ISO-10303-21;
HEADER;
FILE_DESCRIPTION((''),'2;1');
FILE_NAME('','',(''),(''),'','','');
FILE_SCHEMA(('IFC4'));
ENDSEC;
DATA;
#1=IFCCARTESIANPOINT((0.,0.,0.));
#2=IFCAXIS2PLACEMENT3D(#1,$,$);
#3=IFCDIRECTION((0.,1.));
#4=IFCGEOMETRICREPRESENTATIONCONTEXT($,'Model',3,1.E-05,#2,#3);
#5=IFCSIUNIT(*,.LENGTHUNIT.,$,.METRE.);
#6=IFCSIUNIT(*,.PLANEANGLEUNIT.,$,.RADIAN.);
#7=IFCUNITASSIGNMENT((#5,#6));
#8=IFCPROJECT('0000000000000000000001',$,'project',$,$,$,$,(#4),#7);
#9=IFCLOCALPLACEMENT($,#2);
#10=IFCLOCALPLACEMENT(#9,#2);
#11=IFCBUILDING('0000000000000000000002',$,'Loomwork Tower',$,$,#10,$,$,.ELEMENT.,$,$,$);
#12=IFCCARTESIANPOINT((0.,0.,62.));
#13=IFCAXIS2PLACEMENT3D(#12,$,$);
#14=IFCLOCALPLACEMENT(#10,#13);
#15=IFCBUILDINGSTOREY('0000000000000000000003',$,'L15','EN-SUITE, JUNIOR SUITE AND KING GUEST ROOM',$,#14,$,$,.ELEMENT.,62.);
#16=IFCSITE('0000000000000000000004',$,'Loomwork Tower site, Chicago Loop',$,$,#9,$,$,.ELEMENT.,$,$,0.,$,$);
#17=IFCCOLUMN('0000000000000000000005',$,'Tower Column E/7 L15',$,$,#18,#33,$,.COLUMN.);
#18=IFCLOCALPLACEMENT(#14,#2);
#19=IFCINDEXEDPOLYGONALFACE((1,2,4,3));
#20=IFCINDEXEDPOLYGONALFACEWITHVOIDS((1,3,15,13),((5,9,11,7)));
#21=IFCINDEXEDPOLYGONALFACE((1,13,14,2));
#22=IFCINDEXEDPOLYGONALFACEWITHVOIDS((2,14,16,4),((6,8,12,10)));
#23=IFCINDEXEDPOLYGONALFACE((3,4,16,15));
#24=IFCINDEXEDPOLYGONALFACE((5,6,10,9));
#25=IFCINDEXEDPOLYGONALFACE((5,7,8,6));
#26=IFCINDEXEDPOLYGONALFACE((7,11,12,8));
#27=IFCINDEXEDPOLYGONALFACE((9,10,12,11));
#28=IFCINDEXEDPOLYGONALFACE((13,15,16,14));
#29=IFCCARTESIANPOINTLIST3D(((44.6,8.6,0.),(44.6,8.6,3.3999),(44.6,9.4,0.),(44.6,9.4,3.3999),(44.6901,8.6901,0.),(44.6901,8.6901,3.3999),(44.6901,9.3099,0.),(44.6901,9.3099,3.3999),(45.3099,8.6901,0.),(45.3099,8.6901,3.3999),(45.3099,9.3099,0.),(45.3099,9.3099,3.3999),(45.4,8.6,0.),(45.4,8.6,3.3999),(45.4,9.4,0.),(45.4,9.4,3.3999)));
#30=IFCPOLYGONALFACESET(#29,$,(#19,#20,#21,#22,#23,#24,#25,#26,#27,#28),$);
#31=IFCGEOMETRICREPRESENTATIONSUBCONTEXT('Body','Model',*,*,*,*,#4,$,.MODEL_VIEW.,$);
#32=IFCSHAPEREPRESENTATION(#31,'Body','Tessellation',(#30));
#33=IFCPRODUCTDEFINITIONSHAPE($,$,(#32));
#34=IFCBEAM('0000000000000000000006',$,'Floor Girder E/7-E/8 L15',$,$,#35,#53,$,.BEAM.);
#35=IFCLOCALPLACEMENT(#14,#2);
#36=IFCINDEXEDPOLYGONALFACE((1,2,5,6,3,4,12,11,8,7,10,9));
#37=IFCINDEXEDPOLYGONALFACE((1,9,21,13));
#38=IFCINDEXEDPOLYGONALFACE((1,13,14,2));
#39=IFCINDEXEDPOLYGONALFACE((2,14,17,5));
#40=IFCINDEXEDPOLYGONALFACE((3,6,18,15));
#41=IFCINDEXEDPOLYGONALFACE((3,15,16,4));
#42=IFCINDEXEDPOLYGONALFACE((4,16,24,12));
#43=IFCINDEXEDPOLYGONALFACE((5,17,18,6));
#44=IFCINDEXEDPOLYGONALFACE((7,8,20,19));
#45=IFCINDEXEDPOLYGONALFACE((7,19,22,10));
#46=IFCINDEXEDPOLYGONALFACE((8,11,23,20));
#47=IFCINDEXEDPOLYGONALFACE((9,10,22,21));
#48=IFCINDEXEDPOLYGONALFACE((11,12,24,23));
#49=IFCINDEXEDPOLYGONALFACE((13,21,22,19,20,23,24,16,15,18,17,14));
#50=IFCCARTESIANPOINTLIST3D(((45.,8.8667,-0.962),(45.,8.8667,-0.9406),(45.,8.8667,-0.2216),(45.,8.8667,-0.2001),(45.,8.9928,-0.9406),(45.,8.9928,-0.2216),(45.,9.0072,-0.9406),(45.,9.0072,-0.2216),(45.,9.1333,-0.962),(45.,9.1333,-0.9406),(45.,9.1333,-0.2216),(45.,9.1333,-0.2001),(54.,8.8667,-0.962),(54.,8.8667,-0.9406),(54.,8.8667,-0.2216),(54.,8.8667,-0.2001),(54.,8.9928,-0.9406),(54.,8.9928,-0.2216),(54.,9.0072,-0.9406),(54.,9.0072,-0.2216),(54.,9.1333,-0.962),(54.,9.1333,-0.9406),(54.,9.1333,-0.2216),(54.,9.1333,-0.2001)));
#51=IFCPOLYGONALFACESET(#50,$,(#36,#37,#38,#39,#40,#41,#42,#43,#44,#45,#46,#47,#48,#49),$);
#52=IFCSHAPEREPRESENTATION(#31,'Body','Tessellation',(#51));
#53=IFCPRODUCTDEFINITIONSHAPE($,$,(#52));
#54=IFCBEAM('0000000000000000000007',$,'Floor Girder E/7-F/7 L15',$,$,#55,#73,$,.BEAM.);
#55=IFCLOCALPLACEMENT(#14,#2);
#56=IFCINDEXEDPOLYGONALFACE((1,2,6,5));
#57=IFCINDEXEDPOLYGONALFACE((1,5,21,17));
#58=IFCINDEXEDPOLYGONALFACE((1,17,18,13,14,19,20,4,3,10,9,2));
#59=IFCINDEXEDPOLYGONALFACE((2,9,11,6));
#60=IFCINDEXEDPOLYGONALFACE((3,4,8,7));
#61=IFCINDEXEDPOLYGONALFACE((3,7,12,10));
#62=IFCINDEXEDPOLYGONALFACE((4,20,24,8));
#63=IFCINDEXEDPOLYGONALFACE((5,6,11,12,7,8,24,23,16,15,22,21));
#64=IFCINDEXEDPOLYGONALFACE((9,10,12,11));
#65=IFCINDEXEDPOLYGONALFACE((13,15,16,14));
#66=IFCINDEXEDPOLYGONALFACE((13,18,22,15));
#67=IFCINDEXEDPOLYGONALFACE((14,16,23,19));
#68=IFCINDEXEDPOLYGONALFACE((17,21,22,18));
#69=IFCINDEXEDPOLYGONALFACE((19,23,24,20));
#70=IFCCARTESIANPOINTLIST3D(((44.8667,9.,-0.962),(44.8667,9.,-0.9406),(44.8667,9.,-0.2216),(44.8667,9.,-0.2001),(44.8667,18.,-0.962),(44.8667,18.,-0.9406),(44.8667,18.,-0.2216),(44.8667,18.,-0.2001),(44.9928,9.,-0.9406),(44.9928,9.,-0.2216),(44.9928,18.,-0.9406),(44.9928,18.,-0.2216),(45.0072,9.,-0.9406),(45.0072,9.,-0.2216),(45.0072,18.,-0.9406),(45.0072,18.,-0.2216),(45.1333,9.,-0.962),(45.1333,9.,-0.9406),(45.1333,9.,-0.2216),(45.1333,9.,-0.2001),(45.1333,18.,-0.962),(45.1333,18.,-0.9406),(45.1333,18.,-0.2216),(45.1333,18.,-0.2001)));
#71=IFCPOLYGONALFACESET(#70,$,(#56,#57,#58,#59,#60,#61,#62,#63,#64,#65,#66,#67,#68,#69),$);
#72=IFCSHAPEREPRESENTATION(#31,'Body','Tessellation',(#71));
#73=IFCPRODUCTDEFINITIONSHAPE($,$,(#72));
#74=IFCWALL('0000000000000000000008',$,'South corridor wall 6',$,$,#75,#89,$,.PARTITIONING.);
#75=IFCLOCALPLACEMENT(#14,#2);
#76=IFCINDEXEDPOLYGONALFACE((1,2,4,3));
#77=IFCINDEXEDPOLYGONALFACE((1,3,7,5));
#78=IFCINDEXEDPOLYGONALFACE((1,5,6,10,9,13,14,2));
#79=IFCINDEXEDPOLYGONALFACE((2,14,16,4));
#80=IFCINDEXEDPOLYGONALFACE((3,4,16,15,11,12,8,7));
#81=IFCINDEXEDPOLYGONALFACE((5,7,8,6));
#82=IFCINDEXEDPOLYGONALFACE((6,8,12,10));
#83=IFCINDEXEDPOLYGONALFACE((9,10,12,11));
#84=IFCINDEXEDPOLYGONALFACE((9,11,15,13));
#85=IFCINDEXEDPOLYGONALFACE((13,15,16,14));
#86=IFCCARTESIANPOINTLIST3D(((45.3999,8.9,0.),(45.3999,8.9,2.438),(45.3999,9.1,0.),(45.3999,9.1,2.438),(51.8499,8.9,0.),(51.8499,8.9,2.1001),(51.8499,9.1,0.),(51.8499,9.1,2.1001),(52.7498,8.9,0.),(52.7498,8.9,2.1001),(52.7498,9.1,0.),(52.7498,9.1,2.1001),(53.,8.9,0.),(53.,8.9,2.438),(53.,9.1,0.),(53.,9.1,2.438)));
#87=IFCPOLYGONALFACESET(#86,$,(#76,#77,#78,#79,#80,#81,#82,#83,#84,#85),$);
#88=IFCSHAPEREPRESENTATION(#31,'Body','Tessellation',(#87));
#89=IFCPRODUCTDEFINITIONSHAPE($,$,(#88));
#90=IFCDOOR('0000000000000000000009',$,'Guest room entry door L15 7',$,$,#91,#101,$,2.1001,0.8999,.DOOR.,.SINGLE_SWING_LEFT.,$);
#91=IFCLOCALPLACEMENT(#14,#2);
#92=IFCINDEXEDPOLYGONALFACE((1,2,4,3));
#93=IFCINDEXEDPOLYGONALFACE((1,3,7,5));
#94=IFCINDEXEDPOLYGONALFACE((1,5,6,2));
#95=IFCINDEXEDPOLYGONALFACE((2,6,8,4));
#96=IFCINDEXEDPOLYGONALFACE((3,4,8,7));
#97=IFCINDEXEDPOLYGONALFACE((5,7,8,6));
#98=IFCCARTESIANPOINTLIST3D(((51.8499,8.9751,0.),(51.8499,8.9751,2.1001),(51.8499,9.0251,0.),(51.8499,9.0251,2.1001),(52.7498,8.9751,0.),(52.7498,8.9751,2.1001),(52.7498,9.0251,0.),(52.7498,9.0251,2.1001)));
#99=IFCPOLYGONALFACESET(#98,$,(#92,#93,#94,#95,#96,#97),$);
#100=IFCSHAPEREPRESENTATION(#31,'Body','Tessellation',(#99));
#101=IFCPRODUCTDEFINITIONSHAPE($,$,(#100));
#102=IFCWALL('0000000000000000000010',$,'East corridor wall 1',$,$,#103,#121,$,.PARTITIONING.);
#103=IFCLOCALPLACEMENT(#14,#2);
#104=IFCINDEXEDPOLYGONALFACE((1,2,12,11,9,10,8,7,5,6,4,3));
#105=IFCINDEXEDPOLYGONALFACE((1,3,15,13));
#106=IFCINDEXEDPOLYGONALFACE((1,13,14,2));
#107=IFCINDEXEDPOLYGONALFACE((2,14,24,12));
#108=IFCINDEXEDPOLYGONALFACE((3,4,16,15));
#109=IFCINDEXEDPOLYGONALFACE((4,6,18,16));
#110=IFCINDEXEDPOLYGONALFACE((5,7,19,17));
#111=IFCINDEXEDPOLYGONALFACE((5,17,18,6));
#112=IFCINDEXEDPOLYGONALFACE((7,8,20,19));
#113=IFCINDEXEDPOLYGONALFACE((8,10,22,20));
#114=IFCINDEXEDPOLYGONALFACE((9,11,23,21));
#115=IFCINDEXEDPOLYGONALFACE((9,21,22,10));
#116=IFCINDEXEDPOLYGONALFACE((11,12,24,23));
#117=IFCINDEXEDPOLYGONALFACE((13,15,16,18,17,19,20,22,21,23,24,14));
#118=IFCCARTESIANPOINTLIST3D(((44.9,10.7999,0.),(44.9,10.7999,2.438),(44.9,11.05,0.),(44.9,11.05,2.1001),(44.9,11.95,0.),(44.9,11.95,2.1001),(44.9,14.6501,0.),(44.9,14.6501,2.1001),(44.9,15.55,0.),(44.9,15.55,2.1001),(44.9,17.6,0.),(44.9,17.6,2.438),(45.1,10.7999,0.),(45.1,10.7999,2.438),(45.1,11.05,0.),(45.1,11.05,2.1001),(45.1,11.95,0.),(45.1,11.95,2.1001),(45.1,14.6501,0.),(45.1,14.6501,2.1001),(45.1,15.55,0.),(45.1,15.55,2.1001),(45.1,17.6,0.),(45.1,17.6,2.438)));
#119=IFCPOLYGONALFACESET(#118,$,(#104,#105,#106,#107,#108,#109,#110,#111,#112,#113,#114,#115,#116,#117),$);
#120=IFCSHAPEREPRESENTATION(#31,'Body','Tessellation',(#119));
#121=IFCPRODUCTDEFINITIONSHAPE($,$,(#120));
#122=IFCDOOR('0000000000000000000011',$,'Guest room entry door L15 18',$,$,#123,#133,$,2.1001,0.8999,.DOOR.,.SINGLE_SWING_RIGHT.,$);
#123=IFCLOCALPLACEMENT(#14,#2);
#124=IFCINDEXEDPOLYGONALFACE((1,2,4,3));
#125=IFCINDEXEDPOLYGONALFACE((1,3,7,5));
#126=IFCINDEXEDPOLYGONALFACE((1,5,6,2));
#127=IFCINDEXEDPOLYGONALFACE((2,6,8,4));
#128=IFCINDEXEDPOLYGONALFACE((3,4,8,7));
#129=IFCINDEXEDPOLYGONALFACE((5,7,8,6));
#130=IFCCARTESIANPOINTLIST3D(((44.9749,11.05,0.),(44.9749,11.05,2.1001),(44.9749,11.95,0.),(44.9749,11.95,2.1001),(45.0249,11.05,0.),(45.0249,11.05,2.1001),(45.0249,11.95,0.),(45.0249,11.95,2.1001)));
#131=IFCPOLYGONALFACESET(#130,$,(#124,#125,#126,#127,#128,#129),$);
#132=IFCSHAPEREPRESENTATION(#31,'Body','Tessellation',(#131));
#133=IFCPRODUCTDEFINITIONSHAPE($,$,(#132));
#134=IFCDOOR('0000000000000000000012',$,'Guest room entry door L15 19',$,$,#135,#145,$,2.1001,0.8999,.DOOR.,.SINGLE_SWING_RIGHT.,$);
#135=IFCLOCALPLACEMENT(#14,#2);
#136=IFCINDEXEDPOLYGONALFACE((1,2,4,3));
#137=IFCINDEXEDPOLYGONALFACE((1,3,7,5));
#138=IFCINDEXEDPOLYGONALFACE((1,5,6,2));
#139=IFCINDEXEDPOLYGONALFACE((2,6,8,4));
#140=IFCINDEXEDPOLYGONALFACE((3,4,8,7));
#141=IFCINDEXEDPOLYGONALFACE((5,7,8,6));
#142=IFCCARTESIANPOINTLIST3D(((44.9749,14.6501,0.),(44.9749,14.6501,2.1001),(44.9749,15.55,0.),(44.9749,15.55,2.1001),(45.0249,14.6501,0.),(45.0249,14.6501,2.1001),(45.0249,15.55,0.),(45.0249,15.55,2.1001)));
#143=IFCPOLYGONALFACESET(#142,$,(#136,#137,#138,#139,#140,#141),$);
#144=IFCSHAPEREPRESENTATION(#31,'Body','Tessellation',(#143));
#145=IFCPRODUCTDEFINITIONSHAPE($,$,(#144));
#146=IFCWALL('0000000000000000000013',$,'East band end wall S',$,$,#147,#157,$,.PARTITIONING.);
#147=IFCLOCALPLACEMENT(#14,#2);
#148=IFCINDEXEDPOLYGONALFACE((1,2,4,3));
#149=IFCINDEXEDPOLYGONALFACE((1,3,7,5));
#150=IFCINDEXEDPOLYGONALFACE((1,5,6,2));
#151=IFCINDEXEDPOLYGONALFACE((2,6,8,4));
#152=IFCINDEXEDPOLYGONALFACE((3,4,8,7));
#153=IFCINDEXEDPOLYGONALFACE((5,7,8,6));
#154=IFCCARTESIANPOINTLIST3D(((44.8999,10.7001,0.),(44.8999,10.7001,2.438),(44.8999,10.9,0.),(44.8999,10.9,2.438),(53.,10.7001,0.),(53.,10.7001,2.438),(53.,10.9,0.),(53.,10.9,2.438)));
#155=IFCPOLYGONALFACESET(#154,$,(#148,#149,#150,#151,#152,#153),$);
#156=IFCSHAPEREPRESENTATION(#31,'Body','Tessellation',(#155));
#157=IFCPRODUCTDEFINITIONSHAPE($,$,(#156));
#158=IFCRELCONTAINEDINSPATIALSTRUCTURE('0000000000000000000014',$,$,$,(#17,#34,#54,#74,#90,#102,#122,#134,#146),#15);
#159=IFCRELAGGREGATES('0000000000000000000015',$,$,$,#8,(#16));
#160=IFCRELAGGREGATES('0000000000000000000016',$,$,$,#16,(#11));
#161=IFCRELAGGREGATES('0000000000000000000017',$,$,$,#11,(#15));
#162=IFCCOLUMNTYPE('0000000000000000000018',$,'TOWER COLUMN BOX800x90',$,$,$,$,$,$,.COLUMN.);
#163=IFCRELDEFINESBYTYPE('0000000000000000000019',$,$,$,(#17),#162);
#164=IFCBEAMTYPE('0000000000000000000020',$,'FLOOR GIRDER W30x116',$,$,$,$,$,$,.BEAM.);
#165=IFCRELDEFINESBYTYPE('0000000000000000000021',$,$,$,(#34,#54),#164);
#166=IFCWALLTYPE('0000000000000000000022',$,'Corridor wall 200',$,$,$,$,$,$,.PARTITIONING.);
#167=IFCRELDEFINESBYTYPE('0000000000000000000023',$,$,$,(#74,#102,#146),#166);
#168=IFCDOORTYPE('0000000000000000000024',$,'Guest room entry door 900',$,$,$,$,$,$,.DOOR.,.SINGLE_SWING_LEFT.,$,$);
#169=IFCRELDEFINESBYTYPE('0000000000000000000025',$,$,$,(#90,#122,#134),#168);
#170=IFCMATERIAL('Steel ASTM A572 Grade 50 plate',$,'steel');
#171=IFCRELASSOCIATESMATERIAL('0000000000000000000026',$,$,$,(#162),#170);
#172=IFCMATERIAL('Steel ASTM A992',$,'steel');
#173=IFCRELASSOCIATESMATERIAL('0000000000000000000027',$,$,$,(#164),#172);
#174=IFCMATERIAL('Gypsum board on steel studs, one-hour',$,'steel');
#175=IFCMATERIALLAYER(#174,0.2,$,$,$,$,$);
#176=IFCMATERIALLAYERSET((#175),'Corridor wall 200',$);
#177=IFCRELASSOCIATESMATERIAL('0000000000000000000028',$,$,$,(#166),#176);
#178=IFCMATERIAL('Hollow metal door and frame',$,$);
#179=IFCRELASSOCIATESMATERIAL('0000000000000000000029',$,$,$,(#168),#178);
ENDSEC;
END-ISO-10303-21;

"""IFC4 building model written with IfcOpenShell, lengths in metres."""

from ifc_helpers import new_model, si_unit, direction, frame, frame_2d, origin, origin_2d, place, context, subcontext, project, spatial, rectangle, hollow_rectangle, i_section, extrude, material, layer, layer_set, material_profile, profile_set, type_object, element, fill, save


model = new_model("IFC4")

# Units and contexts
model_context = context("Model", 3, precision=1e-05, world=origin(), true_north=direction((0.0, 1.0)))
body_context = subcontext(model_context, "Body", "Model", "MODEL_VIEW")
ifc_project = project(units=[si_unit("LENGTHUNIT", "METRE"), si_unit("PLANEANGLEUNIT", "RADIAN")], contexts=[model_context])

# Site, building, storey
site_placement = place(None, origin())
site = spatial("IfcSite", under=ifc_project, at=site_placement, Name="Loomwork Tower site, Chicago Loop", CompositionType="ELEMENT", RefElevation=0.0)
building_placement = place(site_placement, origin())
building = spatial("IfcBuilding", under=site, at=building_placement, Name="Loomwork Tower", CompositionType="ELEMENT")
storey_placement = place(building_placement, frame((0.0, 0.0, 62.0)))
storey = spatial("IfcBuildingStorey", under=building, at=storey_placement, Name="L15", Description="EN-SUITE, JUNIOR SUITE AND KING GUEST ROOM", CompositionType="ELEMENT", Elevation=62.0)

# Column
ifc_material_1 = material(Name="Steel ASTM A572 Grade 50 plate", Category="steel")
ifc_material_profile_1 = material_profile(ifc_material_1, hollow_rectangle(XDim=0.8, YDim=0.8, WallThickness=0.0901, at=origin_2d()), Name="BOX800x90")
ifc_profile_set_1 = profile_set([ifc_material_profile_1], Name="Steel ASTM A572 Grade 50 plate")
column_type = type_object("IfcColumnType", Name="TOWER COLUMN BOX800x90", PredefinedType="COLUMN", material=ifc_profile_set_1)
column_placement = place(storey_placement, frame((45.0, 9.0, 0.0), z_axis=(0.0, 0.0, 1.0), x_axis=(0.0, 1.0, 0.0)))
element("IfcColumn", 1, at=column_placement, inside=storey, type_object=column_type, Name="Tower Column E/7 L15", PredefinedType="COLUMN", context=body_context, shape_type="SweptSolid", body=[
    extrude(hollow_rectangle(XDim=0.8, YDim=0.8, WallThickness=0.0901, at=origin_2d()), origin(), (0.0, 0.0, 1.0), 3.3999),
])

# Beams
ifc_material_2 = material(Name="Steel ASTM A992", Category="steel")
ifc_material_profile_2 = material_profile(ifc_material_2, i_section(OverallWidth=0.2666, OverallDepth=0.762, WebThickness=0.0144, FlangeThickness=0.0215, at=origin_2d()), Name="W30x116")
ifc_profile_set_2 = profile_set([ifc_material_profile_2], Name="Steel ASTM A992")
beam_type = type_object("IfcBeamType", Name="FLOOR GIRDER W30x116", PredefinedType="BEAM", material=ifc_profile_set_2)
for number, where, z_axis, x_axis, name in (
    (2, (45.0, 9.0, -0.5811), (1.0, 0.0, 0.0), (0.0, 1.0, 0.0), "Floor Girder E/7-E/8 L15"),
    (3, (45.0, 9.0, -0.5811), (0.0, 1.0, 0.0), (-1.0, 0.0, 0.0), "Floor Girder E/7-F/7 L15"),
):
    element("IfcBeam", number, at=place(storey_placement, frame(where, z_axis=z_axis, x_axis=x_axis)), inside=storey, type_object=beam_type, Name=name, PredefinedType="BEAM", context=body_context, shape_type="SweptSolid", body=[
        extrude(i_section(OverallWidth=0.2666, OverallDepth=0.762, WebThickness=0.0144, FlangeThickness=0.0215, at=origin_2d()), origin(), (0.0, 0.0, 1.0), 9.0),
    ])

# Wall, opening, door
ifc_material_3 = material(Name="Gypsum board on steel studs, one-hour", Category="steel")
ifc_layer_1 = layer(ifc_material_3, 0.2)
ifc_layer_set_1 = layer_set([ifc_layer_1], Name="Corridor wall 200")
wall_type_1 = type_object("IfcWallType", Name="Corridor wall 200", PredefinedType="PARTITIONING", material=ifc_layer_set_1)
wall_1_placement = place(storey_placement, frame((45.3999, 9.0, 0.0), z_axis=(0.0, 0.0, 1.0), x_axis=(1.0, 0.0, 0.0)))
wall_1 = element("IfcWall", 4, at=wall_1_placement, inside=storey, type_object=wall_type_1, Name="South corridor wall 6", PredefinedType="PARTITIONING", context=body_context, shape_type="SweptSolid", body=[
    extrude(rectangle(XDim=7.6001, YDim=0.2, at=frame_2d((3.8, 0.0))), origin(), (0.0, 0.0, 1.0), 2.438),
])
opening_1_placement = place(wall_1_placement, frame((6.45, 0.0, 0.0)))
opening_1 = element("IfcOpeningElement", 5, at=opening_1_placement, cuts=wall_1, PredefinedType="OPENING", context=body_context, shape_type="SweptSolid", body=[
    extrude(rectangle(XDim=0.8999, YDim=2.1001, at=frame_2d((0.45, 1.05))), frame((0.0, 0.1099, 0.0), z_axis=(0.0, -1.0, 0.0), x_axis=(1.0, 0.0, 0.0)), (0.0, 0.0, 1.0), 0.22),
])
ifc_material_4 = material(Name="Hollow metal door and frame")
door_type_1 = type_object("IfcDoorType", Name="Guest room entry door 900", OperationType="SINGLE_SWING_LEFT", PredefinedType="DOOR", material=ifc_material_4)
door_1_placement = place(opening_1_placement, frame((0.8999, 0.0, 0.0), z_axis=(0.0, 0.0, 1.0), x_axis=(-1.0, 0.0, 0.0)))
door_1 = element("IfcDoor", 6, at=door_1_placement, inside=storey, type_object=door_type_1, Name="Guest room entry door L15 7", OperationType="SINGLE_SWING_LEFT", OverallHeight=2.1001, OverallWidth=0.8999, PredefinedType="DOOR", context=body_context, shape_type="SweptSolid", body=[
    extrude(rectangle(XDim=0.8999, YDim=2.1001, at=frame_2d((0.45, 1.05))), frame((0.0, 0.0249, 0.0), z_axis=(0.0, -1.0, 0.0), x_axis=(1.0, 0.0, 0.0)), (0.0, 0.0, 1.0), 0.05),
])
fill(opening_1, door_1)

# Wall, openings, doors
wall_2_placement = place(storey_placement, frame((45.0, 10.8, 0.0), z_axis=(0.0, 0.0, 1.0), x_axis=(0.0, 1.0, 0.0)))
wall_2 = element("IfcWall", 7, at=wall_2_placement, inside=storey, type_object=wall_type_1, Name="East corridor wall 1", PredefinedType="PARTITIONING", context=body_context, shape_type="SweptSolid", body=[
    extrude(rectangle(XDim=6.8, YDim=0.2, at=frame_2d((3.3999, 0.0))), origin(), (0.0, 0.0, 1.0), 2.438),
])
opening_2_placement = place(wall_2_placement, frame((0.25, 0.0, 0.0)))
opening_2 = element("IfcOpeningElement", 8, at=opening_2_placement, cuts=wall_2, PredefinedType="OPENING", context=body_context, shape_type="SweptSolid", body=[
    extrude(rectangle(XDim=0.8999, YDim=2.1001, at=frame_2d((0.45, 1.05))), frame((0.0, 0.1099, 0.0), z_axis=(0.0, -1.0, 0.0), x_axis=(1.0, 0.0, 0.0)), (0.0, 0.0, 1.0), 0.22),
])
opening_3_placement = place(wall_2_placement, frame((3.8501, 0.0, 0.0)))
opening_3 = element("IfcOpeningElement", 9, at=opening_3_placement, cuts=wall_2, PredefinedType="OPENING", context=body_context, shape_type="SweptSolid", body=[
    extrude(rectangle(XDim=0.8999, YDim=2.1001, at=frame_2d((0.45, 1.05))), frame((0.0, 0.1099, 0.0), z_axis=(0.0, -1.0, 0.0), x_axis=(1.0, 0.0, 0.0)), (0.0, 0.0, 1.0), 0.22),
])
door_2_placement = place(opening_2_placement, frame((0.8999, 0.0, 0.0), z_axis=(0.0, 0.0, 1.0), x_axis=(-1.0, 0.0, 0.0)))
door_2 = element("IfcDoor", 10, at=door_2_placement, inside=storey, type_object=door_type_1, Name="Guest room entry door L15 18", OperationType="SINGLE_SWING_RIGHT", OverallHeight=2.1001, OverallWidth=0.8999, PredefinedType="DOOR", context=body_context, shape_type="SweptSolid", body=[
    extrude(rectangle(XDim=0.8999, YDim=2.1001, at=frame_2d((0.45, 1.05))), frame((0.0, 0.0249, 0.0), z_axis=(0.0, -1.0, 0.0), x_axis=(1.0, 0.0, 0.0)), (0.0, 0.0, 1.0), 0.05),
])
fill(opening_2, door_2)
door_3_placement = place(opening_3_placement, frame((0.8999, 0.0, 0.0), z_axis=(0.0, 0.0, 1.0), x_axis=(-1.0, 0.0, 0.0)))
door_3 = element("IfcDoor", 11, at=door_3_placement, inside=storey, type_object=door_type_1, Name="Guest room entry door L15 19", OperationType="SINGLE_SWING_RIGHT", OverallHeight=2.1001, OverallWidth=0.8999, PredefinedType="DOOR", context=body_context, shape_type="SweptSolid", body=[
    extrude(rectangle(XDim=0.8999, YDim=2.1001, at=frame_2d((0.45, 1.05))), frame((0.0, 0.0249, 0.0), z_axis=(0.0, -1.0, 0.0), x_axis=(1.0, 0.0, 0.0)), (0.0, 0.0, 1.0), 0.05),
])
fill(opening_3, door_3)

# Wall
wall_3_placement = place(storey_placement, frame((44.8999, 10.8, 0.0), z_axis=(0.0, 0.0, 1.0), x_axis=(1.0, 0.0, 0.0)))
element("IfcWall", 12, at=wall_3_placement, inside=storey, type_object=wall_type_1, Name="East band end wall S", PredefinedType="PARTITIONING", context=body_context, shape_type="SweptSolid", body=[
    extrude(rectangle(XDim=8.1001, YDim=0.2, at=frame_2d((4.05, 0.0))), origin(), (0.0, 0.0, 1.0), 2.438),
])

save(model, "model.ifc")
